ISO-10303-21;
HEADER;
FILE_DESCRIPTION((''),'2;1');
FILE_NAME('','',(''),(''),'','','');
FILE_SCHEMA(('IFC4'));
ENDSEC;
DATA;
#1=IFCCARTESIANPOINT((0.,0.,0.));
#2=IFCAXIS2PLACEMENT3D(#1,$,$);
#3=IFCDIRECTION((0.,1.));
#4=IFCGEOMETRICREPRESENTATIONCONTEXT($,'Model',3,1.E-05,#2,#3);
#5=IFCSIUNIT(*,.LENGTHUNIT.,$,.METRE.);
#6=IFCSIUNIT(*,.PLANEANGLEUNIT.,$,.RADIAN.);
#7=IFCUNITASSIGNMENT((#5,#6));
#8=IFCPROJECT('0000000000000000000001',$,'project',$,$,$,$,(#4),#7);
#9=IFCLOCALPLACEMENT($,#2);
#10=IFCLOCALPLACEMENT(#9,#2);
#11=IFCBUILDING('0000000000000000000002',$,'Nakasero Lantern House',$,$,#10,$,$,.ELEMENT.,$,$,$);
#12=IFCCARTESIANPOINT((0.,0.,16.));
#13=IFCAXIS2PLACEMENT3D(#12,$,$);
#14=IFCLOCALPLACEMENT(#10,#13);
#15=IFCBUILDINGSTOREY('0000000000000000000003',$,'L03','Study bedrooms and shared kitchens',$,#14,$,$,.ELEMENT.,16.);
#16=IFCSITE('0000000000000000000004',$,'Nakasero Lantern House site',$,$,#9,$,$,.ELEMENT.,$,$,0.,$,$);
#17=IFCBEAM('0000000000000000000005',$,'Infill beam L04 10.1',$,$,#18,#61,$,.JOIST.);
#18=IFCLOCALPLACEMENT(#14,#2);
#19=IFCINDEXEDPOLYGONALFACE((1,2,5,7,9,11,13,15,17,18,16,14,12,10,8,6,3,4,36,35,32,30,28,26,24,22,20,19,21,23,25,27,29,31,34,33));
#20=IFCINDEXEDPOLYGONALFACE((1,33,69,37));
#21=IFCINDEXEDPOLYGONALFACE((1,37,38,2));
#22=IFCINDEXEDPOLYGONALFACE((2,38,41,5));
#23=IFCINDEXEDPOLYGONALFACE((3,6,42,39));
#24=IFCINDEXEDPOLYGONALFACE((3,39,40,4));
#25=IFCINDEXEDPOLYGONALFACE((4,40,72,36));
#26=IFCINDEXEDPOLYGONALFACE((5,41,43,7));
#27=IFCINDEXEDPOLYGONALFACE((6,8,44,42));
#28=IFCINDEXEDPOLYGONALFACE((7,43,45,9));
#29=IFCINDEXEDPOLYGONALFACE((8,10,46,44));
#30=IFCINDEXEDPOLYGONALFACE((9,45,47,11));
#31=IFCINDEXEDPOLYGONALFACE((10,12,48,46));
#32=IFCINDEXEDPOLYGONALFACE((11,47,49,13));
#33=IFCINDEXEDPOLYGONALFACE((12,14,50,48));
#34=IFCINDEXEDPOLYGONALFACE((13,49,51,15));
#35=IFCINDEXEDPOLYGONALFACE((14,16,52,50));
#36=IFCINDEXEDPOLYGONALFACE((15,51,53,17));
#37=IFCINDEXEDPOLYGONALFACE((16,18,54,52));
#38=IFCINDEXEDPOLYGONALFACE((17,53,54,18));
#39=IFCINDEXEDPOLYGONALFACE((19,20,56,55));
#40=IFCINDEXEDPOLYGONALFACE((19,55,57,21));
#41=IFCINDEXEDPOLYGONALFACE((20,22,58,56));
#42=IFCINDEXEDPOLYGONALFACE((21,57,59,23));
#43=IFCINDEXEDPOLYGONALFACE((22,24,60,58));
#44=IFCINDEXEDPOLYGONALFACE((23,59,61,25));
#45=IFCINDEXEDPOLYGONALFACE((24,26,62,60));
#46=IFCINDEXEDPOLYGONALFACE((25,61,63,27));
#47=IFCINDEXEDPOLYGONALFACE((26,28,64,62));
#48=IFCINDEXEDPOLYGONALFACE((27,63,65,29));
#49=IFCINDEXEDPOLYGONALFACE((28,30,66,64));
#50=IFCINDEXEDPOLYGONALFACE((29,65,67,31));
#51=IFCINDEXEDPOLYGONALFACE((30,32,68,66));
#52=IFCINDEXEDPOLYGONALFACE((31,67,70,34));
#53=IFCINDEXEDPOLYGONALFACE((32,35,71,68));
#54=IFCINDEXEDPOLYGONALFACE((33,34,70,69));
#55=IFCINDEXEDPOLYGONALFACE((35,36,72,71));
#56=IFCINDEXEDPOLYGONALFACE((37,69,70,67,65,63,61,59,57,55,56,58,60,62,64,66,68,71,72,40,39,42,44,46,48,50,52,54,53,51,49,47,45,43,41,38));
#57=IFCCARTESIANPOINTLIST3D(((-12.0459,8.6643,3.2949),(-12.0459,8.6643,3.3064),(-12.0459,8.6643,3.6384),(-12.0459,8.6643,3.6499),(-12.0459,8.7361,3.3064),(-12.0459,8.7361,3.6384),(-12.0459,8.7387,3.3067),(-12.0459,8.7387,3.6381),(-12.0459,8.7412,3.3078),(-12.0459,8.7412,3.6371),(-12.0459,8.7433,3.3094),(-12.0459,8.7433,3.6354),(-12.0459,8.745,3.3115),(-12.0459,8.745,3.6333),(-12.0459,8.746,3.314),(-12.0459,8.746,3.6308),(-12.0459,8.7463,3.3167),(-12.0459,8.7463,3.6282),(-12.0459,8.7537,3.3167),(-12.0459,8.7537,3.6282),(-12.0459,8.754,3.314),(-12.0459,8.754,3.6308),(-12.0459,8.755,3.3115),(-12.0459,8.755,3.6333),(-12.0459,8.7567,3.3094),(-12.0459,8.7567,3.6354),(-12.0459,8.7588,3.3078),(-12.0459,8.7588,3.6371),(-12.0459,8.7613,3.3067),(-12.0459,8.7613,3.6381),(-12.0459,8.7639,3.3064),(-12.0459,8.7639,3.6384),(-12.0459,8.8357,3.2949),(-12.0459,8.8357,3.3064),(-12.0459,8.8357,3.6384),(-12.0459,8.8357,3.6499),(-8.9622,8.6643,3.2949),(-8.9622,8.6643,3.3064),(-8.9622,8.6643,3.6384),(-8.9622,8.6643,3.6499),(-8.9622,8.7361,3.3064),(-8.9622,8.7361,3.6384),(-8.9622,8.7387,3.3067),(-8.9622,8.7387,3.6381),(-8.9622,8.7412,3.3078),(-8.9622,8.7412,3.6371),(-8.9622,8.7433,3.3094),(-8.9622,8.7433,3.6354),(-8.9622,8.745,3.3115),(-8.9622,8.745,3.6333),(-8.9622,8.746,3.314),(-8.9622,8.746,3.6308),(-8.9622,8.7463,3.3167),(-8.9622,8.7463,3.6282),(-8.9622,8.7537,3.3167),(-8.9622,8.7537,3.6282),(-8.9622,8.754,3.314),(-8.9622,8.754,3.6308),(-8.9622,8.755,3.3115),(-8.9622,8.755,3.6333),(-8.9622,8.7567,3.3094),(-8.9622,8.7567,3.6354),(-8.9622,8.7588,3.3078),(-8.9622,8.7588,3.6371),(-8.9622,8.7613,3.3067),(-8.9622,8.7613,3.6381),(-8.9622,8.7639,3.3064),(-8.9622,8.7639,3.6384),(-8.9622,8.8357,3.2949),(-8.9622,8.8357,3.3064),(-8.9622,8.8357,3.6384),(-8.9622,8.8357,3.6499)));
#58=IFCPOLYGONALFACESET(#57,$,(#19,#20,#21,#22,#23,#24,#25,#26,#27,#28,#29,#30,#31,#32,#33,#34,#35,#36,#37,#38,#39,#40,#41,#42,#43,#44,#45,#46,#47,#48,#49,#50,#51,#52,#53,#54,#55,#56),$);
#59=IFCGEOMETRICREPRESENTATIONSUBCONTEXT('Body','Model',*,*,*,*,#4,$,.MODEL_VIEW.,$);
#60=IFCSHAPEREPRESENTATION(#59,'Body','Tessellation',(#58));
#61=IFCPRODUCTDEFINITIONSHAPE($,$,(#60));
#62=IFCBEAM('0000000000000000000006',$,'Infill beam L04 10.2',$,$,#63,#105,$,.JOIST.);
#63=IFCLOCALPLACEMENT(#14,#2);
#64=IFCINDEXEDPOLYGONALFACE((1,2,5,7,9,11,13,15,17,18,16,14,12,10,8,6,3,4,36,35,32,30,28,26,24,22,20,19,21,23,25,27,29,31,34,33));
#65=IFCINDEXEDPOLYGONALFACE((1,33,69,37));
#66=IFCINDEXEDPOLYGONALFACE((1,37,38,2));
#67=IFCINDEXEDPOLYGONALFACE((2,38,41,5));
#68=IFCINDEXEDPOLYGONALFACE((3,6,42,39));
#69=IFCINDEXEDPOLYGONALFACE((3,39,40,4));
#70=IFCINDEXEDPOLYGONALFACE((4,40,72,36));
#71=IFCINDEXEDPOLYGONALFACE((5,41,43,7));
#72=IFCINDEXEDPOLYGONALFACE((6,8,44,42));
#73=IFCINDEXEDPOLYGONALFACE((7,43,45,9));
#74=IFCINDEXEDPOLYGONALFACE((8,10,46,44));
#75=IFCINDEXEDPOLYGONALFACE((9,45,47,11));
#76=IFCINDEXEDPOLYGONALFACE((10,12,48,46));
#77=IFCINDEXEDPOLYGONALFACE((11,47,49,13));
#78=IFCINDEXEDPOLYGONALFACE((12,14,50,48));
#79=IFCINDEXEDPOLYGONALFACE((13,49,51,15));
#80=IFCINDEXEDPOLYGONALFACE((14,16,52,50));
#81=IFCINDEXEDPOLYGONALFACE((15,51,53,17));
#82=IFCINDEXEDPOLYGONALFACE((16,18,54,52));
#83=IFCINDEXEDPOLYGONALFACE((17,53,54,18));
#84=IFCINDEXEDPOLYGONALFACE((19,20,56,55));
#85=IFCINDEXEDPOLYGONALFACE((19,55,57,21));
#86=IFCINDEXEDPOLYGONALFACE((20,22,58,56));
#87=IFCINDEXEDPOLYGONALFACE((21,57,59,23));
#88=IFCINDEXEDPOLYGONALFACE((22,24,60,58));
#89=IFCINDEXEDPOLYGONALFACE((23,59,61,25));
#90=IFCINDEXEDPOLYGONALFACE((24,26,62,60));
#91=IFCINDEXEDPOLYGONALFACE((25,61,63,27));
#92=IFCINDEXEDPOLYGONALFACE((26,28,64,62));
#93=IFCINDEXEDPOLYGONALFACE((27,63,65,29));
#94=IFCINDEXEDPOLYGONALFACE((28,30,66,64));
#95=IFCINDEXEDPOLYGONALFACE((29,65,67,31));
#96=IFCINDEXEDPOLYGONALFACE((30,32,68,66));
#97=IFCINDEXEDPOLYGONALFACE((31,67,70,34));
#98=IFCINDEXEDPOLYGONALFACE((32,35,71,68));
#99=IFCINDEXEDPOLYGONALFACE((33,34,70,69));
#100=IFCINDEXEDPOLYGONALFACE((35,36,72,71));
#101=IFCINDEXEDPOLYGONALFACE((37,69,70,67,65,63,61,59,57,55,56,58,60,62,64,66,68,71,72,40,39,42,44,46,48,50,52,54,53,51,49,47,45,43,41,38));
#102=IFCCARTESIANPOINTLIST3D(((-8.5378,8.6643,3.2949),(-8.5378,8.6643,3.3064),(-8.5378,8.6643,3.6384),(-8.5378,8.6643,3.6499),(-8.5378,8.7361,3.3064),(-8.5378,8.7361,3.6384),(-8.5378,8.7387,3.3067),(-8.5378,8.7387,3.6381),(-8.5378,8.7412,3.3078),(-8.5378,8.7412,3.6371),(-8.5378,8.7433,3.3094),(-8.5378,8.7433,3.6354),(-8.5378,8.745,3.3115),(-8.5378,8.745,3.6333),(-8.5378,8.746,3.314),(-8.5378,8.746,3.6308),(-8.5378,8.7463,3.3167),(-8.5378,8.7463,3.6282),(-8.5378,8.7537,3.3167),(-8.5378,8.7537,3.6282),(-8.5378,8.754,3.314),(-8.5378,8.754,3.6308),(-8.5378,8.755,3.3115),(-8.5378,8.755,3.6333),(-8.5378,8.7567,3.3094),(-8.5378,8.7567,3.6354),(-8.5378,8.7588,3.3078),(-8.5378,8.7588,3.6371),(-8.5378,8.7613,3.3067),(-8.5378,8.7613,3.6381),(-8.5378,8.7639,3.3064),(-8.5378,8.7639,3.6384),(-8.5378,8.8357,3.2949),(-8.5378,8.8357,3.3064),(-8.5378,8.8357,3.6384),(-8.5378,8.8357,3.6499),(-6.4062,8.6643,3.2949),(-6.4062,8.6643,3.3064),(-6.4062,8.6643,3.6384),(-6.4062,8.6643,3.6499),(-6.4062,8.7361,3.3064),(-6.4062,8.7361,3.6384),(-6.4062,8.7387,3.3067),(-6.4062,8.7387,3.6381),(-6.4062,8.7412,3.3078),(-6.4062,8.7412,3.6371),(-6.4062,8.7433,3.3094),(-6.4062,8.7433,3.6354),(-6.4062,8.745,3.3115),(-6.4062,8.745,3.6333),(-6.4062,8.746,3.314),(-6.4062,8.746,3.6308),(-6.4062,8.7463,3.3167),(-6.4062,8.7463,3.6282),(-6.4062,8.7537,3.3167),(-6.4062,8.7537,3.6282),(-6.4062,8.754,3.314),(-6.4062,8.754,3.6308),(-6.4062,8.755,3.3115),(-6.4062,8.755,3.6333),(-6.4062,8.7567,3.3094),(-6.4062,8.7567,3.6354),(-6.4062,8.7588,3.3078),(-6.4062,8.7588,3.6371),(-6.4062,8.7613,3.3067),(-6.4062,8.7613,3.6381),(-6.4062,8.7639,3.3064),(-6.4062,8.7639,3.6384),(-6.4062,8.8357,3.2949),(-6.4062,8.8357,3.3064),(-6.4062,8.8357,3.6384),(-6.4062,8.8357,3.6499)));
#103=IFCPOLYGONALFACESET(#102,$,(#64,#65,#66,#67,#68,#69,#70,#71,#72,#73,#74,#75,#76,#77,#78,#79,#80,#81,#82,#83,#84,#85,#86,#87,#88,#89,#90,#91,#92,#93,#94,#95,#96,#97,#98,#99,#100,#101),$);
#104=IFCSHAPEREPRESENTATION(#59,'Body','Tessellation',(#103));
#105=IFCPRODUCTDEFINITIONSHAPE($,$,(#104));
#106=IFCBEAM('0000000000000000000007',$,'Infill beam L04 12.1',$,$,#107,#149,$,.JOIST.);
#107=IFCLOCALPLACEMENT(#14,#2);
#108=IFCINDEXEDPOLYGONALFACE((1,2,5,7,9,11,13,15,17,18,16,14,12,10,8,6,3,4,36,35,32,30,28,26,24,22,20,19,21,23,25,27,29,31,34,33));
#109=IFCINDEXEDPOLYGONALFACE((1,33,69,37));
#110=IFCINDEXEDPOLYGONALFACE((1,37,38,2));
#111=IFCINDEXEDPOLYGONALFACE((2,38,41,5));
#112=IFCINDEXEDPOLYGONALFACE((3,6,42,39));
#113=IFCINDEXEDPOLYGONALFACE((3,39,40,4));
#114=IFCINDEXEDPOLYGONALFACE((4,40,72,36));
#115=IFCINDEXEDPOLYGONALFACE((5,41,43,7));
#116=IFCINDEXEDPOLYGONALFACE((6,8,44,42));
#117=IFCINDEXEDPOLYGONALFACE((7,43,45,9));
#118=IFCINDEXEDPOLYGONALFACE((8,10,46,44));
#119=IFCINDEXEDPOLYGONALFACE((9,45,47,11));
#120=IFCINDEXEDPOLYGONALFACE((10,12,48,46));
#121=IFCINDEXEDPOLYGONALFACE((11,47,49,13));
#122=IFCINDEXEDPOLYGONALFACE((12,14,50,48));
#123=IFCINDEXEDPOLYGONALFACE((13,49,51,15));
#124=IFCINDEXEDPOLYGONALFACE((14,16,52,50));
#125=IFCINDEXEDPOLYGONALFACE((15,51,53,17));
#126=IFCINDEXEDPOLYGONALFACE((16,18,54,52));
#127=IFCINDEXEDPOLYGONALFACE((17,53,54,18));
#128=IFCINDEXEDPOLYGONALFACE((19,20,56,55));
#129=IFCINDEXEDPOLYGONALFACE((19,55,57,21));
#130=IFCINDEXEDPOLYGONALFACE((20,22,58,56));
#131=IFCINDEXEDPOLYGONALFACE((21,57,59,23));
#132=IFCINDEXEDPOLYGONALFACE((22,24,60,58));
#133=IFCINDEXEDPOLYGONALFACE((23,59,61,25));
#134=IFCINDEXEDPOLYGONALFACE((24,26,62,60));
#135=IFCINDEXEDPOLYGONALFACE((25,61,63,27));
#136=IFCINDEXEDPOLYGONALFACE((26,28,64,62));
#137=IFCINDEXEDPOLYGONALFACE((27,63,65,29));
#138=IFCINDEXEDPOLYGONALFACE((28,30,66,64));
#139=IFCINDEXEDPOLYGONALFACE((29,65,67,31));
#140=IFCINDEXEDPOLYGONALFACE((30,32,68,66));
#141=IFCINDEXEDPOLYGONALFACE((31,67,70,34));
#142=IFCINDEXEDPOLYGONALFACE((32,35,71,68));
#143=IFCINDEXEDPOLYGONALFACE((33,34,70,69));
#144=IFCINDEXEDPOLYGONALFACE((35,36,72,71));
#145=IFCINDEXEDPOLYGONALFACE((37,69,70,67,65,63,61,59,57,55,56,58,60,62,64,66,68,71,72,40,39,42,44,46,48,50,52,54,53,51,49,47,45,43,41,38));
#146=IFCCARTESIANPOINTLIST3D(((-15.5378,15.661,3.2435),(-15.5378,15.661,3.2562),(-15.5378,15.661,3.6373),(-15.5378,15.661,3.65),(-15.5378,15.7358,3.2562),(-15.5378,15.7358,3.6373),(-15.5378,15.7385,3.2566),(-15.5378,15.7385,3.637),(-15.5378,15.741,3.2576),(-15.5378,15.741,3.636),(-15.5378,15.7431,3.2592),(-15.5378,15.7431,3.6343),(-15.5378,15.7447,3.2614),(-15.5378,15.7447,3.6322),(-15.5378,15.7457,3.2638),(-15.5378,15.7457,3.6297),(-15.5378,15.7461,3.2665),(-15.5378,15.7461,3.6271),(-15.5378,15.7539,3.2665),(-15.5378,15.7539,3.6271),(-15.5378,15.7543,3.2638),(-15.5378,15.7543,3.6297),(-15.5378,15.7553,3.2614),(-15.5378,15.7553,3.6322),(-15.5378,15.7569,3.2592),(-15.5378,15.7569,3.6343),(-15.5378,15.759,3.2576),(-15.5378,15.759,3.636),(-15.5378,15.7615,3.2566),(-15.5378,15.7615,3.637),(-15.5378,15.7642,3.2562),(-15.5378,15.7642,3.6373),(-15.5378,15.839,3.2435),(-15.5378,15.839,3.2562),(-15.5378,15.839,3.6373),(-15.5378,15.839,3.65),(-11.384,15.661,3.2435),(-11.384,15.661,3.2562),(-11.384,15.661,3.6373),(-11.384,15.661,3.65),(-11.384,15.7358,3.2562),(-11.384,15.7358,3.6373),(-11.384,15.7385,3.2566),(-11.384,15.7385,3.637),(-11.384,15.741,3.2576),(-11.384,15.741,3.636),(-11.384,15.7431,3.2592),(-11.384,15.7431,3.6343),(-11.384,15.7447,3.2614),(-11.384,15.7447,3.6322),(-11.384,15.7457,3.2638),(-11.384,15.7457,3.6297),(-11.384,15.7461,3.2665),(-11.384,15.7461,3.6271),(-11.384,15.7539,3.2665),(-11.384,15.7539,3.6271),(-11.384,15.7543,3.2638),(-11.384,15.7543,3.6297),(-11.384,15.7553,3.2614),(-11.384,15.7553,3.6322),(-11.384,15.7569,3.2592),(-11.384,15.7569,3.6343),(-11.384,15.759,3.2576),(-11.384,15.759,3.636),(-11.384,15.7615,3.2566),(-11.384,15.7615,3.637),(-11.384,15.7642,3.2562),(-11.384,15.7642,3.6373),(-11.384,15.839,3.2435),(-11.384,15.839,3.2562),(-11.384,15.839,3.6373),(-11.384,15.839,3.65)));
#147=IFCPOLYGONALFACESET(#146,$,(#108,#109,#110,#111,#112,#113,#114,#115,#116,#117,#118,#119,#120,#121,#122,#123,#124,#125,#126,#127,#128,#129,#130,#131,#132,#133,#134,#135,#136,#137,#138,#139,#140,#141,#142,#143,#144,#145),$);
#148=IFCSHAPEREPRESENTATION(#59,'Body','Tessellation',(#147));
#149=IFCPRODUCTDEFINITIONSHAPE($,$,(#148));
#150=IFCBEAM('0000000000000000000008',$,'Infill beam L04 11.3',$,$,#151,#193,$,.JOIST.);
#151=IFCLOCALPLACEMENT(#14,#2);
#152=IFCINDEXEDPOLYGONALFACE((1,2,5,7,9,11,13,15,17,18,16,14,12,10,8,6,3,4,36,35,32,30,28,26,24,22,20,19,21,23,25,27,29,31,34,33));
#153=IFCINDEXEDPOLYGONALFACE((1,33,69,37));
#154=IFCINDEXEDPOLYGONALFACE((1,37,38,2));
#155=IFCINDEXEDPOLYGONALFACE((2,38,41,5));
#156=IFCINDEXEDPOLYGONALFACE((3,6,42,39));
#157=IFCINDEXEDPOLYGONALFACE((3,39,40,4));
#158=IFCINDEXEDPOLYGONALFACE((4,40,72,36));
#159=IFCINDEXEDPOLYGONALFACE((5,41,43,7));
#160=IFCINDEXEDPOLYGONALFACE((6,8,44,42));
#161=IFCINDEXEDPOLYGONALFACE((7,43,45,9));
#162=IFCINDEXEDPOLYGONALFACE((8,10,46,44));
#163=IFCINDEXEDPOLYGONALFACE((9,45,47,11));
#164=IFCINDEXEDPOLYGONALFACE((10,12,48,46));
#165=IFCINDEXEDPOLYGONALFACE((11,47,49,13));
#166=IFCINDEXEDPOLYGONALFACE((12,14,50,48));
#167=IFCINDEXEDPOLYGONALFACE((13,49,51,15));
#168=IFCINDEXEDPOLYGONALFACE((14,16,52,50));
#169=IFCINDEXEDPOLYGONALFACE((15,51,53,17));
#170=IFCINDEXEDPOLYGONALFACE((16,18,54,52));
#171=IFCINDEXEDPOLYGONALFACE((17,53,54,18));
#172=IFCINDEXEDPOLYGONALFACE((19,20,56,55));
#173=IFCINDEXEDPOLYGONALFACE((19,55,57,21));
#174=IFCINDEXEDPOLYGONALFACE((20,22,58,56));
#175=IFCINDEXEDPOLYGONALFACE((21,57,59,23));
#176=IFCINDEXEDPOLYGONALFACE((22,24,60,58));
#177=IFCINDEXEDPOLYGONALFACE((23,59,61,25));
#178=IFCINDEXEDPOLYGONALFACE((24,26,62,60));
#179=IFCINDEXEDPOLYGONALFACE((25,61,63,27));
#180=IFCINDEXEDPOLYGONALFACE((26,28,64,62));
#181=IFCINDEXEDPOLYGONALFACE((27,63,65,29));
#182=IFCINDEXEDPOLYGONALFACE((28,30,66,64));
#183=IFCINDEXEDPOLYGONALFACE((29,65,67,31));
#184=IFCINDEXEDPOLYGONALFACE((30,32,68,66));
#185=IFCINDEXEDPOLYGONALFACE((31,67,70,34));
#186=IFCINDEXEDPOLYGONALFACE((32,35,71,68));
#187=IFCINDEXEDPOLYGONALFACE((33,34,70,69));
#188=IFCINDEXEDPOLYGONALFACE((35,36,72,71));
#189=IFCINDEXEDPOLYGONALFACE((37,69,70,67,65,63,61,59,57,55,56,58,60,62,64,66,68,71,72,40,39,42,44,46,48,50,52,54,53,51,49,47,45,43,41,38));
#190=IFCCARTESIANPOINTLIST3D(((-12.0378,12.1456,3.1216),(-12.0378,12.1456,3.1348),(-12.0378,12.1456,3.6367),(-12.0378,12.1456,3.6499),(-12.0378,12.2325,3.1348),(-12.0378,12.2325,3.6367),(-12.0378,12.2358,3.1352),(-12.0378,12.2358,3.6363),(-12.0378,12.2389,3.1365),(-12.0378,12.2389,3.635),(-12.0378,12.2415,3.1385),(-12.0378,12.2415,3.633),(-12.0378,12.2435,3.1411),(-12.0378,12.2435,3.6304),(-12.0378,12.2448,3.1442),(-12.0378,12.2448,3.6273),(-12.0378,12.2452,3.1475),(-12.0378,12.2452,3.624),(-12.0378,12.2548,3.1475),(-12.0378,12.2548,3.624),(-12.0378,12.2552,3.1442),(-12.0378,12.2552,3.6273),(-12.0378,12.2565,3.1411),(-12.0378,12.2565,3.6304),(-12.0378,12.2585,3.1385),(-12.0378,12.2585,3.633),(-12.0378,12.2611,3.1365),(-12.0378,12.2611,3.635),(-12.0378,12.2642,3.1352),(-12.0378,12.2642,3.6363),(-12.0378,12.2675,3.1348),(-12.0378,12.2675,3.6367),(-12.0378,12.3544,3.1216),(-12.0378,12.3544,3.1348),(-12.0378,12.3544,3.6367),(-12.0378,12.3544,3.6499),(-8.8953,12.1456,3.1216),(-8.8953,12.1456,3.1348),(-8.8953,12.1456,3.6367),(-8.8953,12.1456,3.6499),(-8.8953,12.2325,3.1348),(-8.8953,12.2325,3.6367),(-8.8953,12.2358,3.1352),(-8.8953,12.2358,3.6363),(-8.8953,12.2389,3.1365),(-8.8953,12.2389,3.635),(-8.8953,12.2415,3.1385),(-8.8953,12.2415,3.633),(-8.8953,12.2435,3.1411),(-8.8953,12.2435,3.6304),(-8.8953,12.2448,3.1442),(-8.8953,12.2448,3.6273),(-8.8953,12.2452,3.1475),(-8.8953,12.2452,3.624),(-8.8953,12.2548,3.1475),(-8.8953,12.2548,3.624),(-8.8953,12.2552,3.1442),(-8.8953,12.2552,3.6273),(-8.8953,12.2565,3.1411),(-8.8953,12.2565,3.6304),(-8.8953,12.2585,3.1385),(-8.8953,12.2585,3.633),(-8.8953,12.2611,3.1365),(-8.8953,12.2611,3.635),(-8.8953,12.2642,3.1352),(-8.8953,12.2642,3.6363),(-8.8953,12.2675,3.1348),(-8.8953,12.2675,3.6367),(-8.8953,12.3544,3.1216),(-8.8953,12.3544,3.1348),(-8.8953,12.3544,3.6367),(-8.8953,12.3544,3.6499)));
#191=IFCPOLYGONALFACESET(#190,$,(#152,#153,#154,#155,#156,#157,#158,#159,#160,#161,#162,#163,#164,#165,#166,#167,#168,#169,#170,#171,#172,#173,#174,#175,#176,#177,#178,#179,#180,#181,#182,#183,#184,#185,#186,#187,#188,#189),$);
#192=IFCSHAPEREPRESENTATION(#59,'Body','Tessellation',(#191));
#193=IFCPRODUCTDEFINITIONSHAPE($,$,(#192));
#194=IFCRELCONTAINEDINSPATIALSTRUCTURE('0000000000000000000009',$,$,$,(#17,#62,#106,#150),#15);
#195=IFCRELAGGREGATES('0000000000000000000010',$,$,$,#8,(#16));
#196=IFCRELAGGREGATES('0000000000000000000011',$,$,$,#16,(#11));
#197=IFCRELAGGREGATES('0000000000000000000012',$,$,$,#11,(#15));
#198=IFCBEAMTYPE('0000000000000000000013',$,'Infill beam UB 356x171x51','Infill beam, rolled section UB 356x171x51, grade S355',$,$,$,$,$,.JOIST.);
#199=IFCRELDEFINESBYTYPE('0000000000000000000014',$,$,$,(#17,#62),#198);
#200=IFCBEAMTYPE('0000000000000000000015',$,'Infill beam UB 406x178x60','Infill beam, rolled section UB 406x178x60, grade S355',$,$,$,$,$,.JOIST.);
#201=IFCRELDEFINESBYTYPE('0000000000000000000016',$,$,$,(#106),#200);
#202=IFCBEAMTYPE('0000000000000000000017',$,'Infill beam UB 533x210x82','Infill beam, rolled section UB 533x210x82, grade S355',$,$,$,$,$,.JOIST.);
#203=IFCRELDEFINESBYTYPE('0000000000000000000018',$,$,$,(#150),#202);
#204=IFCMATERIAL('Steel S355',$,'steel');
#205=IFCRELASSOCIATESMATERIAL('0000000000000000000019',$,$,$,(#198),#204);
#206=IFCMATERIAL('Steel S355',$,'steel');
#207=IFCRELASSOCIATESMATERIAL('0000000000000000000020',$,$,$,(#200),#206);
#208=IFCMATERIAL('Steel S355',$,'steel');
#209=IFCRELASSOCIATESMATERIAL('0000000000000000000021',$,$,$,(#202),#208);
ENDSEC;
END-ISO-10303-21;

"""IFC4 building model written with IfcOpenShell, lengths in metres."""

from ifc_helpers import new_model, si_unit, direction, frame, origin, origin_2d, place, context, subcontext, project, spatial, i_section, extrude, material, material_profile, profile_set, type_object, element, save


model = new_model("IFC4")

# Units and contexts
model_context = context("Model", 3, precision=1e-05, world=origin(), true_north=direction((0.0, 1.0)))
body_context = subcontext(model_context, "Body", "Model", "MODEL_VIEW")
ifc_project = project(units=[si_unit("LENGTHUNIT", "METRE"), si_unit("PLANEANGLEUNIT", "RADIAN")], contexts=[model_context])

# Site, building, storey
site_placement = place(None, origin())
site = spatial("IfcSite", under=ifc_project, at=site_placement, Name="Nakasero Lantern House site", CompositionType="ELEMENT", RefElevation=0.0)
building_placement = place(site_placement, origin())
building = spatial("IfcBuilding", under=site, at=building_placement, Name="Nakasero Lantern House", CompositionType="ELEMENT")
storey_placement = place(building_placement, frame((0.0, 0.0, 16.0)))
storey = spatial("IfcBuildingStorey", under=building, at=storey_placement, Name="L03", Description="Study bedrooms and shared kitchens", CompositionType="ELEMENT", Elevation=16.0)

# Beams
ifc_material_1 = material(Name="Steel S355", Category="steel")
ifc_material_profile_1 = material_profile(ifc_material_1, i_section(OverallWidth=0.1714, OverallDepth=0.355, WebThickness=0.0073, FlangeThickness=0.0115, FilletRadius=0.0103, at=origin_2d()), Name="UB 356x171x51")
ifc_profile_set_1 = profile_set([ifc_material_profile_1], Name="Steel S355")
beam_type_1 = type_object("IfcBeamType", Name="Infill beam UB 356x171x51", Description="Infill beam, rolled section UB 356x171x51, grade S355", PredefinedType="JOIST", material=ifc_profile_set_1)
beam_1_placement = place(storey_placement, frame((-12.0459, 8.75, 3.4724), z_axis=(1.0, 0.0, 0.0), x_axis=(0.0, 1.0, 0.0)))
element("IfcBeam", 1, at=beam_1_placement, inside=storey, type_object=beam_type_1, Name="Infill beam L04 10.1", PredefinedType="JOIST", context=body_context, shape_type="SweptSolid", body=[
    extrude(i_section(OverallWidth=0.1714, OverallDepth=0.355, WebThickness=0.0073, FlangeThickness=0.0115, FilletRadius=0.0103, at=origin_2d()), origin(), (0.0, 0.0, 1.0), 3.0837),
])
beam_2_placement = place(storey_placement, frame((-8.5378, 8.75, 3.4724), z_axis=(1.0, 0.0, 0.0), x_axis=(0.0, 1.0, 0.0)))
element("IfcBeam", 2, at=beam_2_placement, inside=storey, type_object=beam_type_1, Name="Infill beam L04 10.2", PredefinedType="JOIST", context=body_context, shape_type="SweptSolid", body=[
    extrude(i_section(OverallWidth=0.1714, OverallDepth=0.355, WebThickness=0.0073, FlangeThickness=0.0115, FilletRadius=0.0103, at=origin_2d()), origin(), (0.0, 0.0, 1.0), 2.1316),
])
ifc_material_2 = material(Name="Steel S355", Category="steel")
ifc_material_profile_2 = material_profile(ifc_material_2, i_section(OverallWidth=0.178, OverallDepth=0.4065, WebThickness=0.0078, FlangeThickness=0.0127, FilletRadius=0.0103, at=origin_2d()), Name="UB 406x178x60")
ifc_profile_set_2 = profile_set([ifc_material_profile_2], Name="Steel S355")
beam_type_2 = type_object("IfcBeamType", Name="Infill beam UB 406x178x60", Description="Infill beam, rolled section UB 406x178x60, grade S355", PredefinedType="JOIST", material=ifc_profile_set_2)
beam_3_placement = place(storey_placement, frame((-15.5378, 15.75, 3.4468), z_axis=(1.0, 0.0, 0.0), x_axis=(0.0, 1.0, 0.0)))
element("IfcBeam", 3, at=beam_3_placement, inside=storey, type_object=beam_type_2, Name="Infill beam L04 12.1", PredefinedType="JOIST", context=body_context, shape_type="SweptSolid", body=[
    extrude(i_section(OverallWidth=0.178, OverallDepth=0.4065, WebThickness=0.0078, FlangeThickness=0.0127, FilletRadius=0.0103, at=origin_2d()), origin(), (0.0, 0.0, 1.0), 4.1538),
])
ifc_material_3 = material(Name="Steel S355", Category="steel")
ifc_material_profile_3 = material_profile(ifc_material_3, i_section(OverallWidth=0.2087, OverallDepth=0.5283, WebThickness=0.0095, FlangeThickness=0.0132, FilletRadius=0.0127, at=origin_2d()), Name="UB 533x210x82")
ifc_profile_set_3 = profile_set([ifc_material_profile_3], Name="Steel S355")
beam_type_3 = type_object("IfcBeamType", Name="Infill beam UB 533x210x82", Description="Infill beam, rolled section UB 533x210x82, grade S355", PredefinedType="JOIST", material=ifc_profile_set_3)
beam_4_placement = place(storey_placement, frame((-12.0378, 12.25, 3.3857), z_axis=(1.0, 0.0, 0.0), x_axis=(0.0, 1.0, 0.0)))
element("IfcBeam", 4, at=beam_4_placement, inside=storey, type_object=beam_type_3, Name="Infill beam L04 11.3", PredefinedType="JOIST", context=body_context, shape_type="SweptSolid", body=[
    extrude(i_section(OverallWidth=0.2087, OverallDepth=0.5283, WebThickness=0.0095, FlangeThickness=0.0132, FilletRadius=0.0127, at=origin_2d()), origin(), (0.0, 0.0, 1.0), 3.1426),
])

save(model, "model.ifc")
